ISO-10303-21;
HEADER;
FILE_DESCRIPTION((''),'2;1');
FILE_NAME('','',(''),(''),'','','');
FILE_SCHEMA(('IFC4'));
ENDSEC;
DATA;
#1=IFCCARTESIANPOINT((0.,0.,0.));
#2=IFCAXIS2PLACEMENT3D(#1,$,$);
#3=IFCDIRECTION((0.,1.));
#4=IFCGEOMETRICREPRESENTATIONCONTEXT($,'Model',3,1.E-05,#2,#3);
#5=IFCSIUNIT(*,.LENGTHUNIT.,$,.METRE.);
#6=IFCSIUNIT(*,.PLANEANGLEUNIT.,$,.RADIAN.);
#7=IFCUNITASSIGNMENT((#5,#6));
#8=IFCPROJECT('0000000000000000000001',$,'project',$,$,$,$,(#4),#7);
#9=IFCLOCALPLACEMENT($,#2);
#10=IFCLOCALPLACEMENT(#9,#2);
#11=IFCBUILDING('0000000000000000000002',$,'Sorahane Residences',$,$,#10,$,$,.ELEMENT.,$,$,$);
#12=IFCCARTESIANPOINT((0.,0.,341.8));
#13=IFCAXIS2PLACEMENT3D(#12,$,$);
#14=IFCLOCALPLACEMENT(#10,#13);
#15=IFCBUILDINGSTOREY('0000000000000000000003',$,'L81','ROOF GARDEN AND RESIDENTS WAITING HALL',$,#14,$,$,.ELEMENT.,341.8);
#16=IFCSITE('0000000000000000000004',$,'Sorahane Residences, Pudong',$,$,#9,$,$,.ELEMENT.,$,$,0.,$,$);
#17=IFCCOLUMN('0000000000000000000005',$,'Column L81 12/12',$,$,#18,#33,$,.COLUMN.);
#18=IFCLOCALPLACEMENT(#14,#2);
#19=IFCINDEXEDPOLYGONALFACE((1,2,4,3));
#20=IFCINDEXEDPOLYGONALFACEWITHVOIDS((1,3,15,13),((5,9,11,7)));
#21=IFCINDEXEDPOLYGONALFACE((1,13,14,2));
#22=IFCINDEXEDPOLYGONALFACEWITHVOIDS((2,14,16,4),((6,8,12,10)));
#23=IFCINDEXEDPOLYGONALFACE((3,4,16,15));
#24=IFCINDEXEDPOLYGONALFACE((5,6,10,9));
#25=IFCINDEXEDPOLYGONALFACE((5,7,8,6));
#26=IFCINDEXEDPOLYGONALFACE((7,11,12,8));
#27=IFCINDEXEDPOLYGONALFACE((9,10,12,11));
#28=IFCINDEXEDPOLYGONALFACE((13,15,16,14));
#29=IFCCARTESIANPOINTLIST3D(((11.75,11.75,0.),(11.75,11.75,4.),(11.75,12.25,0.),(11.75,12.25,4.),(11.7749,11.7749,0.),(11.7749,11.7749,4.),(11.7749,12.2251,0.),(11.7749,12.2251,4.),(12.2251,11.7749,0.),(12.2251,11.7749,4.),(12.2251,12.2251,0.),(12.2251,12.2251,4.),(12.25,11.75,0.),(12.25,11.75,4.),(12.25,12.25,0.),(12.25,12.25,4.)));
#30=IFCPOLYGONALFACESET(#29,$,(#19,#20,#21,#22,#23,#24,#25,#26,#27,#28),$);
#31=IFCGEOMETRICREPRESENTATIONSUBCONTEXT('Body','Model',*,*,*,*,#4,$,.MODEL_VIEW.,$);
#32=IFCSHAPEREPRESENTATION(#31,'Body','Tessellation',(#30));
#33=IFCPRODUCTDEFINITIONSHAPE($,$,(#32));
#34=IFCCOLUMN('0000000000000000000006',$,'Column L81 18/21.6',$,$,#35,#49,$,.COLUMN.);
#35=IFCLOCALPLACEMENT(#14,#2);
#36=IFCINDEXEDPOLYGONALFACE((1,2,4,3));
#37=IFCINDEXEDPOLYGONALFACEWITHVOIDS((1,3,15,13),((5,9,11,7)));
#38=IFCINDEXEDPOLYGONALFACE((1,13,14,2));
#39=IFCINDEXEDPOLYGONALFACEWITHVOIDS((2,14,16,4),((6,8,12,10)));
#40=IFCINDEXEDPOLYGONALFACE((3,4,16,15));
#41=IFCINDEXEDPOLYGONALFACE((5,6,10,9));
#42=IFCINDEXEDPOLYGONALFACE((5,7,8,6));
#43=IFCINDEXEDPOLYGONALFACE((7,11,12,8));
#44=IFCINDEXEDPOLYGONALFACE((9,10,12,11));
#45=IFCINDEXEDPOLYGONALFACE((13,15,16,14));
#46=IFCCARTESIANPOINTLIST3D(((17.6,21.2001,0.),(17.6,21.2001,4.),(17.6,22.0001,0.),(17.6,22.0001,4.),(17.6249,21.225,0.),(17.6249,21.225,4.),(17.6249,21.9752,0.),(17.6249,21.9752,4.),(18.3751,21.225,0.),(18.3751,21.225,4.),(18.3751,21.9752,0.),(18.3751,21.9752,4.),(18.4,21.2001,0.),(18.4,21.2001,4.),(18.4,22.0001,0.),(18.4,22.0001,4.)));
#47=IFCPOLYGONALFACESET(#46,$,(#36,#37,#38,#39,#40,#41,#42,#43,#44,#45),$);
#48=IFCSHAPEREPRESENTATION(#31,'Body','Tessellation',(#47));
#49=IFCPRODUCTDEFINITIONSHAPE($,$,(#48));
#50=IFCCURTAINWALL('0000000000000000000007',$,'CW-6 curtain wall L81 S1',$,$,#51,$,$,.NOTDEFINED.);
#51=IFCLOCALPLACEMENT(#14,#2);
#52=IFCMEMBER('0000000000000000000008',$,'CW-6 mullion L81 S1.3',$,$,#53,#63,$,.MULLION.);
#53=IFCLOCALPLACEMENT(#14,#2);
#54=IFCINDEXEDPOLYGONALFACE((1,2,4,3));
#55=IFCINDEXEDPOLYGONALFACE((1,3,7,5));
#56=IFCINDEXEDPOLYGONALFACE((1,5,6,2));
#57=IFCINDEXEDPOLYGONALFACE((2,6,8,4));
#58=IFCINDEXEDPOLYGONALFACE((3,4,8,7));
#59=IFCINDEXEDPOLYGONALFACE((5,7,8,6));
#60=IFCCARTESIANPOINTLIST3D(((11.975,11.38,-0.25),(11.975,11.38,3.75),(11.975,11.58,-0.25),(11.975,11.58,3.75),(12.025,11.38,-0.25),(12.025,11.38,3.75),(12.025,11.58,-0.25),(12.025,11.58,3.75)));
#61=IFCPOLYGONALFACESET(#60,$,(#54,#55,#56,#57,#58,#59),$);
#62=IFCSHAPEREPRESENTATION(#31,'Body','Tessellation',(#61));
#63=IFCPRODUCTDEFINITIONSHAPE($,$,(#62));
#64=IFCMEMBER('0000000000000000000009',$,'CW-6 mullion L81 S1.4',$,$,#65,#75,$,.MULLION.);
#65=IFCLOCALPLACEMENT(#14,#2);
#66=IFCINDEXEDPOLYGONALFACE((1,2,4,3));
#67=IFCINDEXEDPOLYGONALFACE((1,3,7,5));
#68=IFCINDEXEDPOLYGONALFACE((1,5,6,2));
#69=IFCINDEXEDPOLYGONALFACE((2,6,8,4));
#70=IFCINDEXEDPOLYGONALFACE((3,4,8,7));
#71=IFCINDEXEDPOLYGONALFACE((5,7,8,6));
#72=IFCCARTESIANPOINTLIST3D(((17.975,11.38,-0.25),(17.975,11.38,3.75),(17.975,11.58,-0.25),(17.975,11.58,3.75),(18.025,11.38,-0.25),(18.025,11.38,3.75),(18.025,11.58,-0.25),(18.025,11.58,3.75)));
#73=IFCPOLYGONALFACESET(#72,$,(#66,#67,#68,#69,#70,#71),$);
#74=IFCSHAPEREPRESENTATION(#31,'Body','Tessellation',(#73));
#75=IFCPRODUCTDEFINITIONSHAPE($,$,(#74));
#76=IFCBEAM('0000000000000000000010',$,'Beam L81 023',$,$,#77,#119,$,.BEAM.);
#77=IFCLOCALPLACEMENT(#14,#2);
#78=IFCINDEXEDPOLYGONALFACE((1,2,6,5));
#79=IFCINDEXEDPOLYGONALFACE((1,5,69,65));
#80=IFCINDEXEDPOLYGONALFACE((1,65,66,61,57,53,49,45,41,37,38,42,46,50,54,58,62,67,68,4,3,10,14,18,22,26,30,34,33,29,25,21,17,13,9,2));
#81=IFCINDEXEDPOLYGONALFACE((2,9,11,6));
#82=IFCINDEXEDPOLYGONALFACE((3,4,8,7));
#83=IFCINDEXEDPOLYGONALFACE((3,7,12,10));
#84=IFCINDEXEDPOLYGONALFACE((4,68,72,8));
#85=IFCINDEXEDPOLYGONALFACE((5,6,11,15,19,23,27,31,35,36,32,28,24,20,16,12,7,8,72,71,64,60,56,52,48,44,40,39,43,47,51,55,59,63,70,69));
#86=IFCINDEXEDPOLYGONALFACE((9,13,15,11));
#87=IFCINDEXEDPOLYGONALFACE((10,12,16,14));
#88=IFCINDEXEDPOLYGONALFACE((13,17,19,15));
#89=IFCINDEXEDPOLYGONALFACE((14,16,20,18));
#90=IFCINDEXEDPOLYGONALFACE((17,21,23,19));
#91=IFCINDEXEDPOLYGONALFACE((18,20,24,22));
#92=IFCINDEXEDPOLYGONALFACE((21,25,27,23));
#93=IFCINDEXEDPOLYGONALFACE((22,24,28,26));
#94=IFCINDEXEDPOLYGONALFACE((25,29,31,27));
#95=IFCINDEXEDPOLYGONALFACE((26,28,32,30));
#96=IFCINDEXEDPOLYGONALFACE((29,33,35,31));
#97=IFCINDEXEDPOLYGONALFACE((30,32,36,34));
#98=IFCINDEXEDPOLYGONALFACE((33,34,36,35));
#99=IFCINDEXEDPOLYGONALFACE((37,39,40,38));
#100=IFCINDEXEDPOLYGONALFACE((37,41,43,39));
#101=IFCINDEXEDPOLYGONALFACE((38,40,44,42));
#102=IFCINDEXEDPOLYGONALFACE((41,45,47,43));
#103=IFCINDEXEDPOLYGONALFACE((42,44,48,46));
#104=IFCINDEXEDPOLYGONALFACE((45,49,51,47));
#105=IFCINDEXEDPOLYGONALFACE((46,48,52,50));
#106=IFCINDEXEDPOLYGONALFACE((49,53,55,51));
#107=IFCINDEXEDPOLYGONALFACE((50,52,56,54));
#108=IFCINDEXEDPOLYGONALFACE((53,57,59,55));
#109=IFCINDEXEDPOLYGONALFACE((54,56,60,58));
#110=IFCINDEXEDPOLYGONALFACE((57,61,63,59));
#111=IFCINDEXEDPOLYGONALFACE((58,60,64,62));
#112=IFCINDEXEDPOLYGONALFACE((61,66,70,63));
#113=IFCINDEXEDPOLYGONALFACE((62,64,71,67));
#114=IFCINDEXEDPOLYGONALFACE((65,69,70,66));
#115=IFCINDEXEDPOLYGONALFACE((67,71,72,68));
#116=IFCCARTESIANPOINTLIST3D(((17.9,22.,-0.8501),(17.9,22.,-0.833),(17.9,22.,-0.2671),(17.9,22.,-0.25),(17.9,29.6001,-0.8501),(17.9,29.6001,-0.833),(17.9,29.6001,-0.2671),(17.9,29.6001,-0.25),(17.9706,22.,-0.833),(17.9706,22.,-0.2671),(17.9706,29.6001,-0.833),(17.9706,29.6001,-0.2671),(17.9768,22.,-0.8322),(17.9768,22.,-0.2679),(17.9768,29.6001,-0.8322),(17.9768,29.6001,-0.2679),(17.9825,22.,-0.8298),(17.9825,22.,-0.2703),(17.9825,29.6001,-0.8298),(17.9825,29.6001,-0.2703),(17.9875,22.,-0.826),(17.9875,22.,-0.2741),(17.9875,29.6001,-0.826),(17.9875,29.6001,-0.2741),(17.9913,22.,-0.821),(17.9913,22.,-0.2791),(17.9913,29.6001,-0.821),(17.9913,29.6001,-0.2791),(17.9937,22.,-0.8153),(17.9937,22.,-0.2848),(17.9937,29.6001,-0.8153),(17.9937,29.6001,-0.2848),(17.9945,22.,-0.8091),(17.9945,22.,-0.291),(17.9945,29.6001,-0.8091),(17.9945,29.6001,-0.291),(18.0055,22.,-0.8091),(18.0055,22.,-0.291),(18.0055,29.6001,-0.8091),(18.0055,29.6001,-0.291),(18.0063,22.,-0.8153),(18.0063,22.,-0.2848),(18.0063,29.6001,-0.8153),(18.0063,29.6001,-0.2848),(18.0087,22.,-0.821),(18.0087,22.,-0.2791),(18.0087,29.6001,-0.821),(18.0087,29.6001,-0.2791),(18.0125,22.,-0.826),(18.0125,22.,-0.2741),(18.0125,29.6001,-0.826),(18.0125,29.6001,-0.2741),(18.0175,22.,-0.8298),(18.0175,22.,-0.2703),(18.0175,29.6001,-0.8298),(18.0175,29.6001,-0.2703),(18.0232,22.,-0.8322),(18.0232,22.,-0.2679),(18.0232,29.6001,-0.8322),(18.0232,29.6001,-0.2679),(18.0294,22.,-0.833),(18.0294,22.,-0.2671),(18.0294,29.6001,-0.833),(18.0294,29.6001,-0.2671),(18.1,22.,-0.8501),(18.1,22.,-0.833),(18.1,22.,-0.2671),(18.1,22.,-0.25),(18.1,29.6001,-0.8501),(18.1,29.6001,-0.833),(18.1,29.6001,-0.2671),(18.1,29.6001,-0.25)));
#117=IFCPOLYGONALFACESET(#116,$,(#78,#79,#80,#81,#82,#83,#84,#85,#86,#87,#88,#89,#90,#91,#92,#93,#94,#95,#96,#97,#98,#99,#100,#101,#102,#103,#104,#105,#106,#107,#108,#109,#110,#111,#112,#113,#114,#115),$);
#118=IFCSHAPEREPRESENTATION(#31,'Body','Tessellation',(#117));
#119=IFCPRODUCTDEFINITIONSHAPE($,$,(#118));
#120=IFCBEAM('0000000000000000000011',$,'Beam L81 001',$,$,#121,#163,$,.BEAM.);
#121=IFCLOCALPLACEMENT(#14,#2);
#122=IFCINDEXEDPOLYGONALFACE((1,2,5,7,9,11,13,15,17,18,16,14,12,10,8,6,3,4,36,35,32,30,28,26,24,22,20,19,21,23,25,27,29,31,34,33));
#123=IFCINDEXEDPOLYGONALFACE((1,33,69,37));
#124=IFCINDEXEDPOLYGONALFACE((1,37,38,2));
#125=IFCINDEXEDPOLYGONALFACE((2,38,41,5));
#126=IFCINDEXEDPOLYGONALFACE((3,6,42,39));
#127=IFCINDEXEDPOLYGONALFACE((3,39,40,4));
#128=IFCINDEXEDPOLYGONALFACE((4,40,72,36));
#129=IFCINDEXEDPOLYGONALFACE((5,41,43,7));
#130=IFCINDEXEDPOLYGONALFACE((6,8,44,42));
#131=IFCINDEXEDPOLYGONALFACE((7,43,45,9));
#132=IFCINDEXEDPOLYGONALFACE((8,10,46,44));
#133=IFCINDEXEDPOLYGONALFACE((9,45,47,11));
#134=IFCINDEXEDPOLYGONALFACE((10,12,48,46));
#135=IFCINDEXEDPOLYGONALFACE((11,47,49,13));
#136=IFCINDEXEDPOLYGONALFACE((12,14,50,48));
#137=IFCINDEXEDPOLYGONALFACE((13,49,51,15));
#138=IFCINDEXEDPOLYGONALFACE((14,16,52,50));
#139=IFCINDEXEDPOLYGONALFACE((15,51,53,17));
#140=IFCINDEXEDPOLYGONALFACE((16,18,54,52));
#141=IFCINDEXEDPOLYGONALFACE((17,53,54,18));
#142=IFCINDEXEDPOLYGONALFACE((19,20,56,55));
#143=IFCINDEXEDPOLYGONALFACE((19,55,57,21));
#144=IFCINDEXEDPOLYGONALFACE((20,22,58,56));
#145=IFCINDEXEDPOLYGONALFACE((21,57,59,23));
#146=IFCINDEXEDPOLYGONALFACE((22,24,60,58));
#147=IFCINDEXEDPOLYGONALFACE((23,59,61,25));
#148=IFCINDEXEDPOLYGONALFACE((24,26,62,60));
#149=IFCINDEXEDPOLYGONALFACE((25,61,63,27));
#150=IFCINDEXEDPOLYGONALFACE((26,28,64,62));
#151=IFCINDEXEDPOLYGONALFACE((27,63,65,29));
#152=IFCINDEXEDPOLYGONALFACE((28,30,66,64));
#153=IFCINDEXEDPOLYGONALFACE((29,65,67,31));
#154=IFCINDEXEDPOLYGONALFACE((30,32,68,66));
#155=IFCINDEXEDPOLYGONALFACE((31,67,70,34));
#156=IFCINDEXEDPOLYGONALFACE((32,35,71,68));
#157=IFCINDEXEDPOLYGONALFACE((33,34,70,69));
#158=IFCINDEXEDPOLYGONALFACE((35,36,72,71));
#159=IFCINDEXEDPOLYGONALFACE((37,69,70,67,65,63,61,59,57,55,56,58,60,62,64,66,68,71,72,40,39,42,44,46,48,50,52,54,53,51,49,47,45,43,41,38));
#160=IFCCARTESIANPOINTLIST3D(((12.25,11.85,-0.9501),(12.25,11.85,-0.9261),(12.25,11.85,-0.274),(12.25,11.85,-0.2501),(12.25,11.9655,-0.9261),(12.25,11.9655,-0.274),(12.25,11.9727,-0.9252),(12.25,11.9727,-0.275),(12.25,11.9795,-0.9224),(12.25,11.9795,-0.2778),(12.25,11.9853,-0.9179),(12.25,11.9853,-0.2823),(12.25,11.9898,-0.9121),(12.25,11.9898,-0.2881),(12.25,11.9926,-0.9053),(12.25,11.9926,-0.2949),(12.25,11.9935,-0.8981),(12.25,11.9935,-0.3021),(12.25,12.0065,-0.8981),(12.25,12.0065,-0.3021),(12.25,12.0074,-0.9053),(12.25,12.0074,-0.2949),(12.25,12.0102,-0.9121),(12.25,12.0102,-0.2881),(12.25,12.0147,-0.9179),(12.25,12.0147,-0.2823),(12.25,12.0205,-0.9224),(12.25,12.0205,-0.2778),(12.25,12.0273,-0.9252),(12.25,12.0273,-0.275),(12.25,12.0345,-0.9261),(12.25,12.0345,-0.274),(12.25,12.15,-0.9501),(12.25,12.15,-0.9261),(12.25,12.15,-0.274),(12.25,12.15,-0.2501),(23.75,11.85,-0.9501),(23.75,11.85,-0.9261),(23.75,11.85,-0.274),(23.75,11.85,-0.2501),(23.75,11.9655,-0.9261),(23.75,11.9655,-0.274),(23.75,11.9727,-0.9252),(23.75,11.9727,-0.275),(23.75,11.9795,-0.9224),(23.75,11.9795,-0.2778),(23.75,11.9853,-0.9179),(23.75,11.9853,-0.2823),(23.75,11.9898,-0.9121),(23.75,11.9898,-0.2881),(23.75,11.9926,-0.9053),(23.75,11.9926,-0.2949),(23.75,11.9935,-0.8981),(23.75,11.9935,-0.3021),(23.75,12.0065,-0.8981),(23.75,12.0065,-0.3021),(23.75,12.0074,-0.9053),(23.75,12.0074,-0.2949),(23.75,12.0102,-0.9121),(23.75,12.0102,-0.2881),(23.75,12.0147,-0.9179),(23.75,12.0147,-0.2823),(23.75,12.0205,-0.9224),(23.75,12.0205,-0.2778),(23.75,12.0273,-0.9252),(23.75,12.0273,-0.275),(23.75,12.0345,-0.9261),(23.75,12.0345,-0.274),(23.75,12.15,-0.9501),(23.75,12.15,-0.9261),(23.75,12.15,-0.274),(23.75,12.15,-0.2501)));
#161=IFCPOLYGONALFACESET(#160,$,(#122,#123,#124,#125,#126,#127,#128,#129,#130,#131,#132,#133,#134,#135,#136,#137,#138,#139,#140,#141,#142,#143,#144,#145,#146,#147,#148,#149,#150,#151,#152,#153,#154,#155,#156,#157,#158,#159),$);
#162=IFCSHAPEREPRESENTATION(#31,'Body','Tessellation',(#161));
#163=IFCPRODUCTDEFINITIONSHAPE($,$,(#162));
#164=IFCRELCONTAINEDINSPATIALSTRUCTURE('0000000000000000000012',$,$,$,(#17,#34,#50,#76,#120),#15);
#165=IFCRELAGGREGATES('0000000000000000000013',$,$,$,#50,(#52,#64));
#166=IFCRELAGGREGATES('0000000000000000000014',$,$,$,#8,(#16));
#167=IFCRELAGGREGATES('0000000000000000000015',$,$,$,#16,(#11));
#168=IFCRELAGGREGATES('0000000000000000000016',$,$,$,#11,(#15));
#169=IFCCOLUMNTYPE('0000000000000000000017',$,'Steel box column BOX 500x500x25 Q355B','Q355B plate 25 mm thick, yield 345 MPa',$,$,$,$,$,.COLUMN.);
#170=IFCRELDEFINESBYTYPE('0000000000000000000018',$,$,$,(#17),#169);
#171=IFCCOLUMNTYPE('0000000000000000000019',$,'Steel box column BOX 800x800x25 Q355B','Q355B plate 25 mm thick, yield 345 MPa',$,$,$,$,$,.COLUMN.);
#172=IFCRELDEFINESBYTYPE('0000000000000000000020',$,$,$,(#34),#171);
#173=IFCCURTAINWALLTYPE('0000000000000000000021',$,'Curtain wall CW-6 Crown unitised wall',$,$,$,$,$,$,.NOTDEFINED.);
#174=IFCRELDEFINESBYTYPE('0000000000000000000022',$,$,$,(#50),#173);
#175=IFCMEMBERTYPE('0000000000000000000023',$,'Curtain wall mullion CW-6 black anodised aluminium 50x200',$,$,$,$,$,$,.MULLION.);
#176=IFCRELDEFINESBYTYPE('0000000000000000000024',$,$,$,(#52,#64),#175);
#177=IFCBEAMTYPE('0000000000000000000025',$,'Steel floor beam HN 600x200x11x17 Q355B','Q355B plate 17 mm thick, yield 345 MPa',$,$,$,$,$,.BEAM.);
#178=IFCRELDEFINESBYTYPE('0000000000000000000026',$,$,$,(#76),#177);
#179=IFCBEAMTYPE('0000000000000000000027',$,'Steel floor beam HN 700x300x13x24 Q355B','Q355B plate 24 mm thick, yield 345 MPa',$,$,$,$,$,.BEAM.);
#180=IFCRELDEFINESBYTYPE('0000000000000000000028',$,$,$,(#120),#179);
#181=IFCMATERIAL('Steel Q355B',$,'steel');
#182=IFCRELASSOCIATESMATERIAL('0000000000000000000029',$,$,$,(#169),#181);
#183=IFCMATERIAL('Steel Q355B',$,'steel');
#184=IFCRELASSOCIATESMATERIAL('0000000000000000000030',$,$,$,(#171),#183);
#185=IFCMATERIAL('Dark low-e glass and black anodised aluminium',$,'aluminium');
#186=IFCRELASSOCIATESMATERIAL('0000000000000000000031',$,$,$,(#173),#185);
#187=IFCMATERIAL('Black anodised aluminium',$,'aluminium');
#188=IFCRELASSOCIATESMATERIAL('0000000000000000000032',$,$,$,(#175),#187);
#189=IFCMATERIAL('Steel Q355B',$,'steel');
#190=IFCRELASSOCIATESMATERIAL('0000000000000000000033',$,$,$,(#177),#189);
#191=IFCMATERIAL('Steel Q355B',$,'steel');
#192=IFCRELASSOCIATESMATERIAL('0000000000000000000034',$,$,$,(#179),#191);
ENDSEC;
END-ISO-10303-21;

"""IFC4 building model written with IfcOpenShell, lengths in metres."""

from ifc_helpers import new_model, si_unit, direction, frame, origin, origin_2d, place, context, subcontext, project, spatial, rectangle, hollow_rectangle, i_section, extrude, material, material_profile, profile_set, type_object, element, aggregate, save


model = new_model("IFC4")

# Units and contexts
model_context = context("Model", 3, precision=1e-05, world=origin(), true_north=direction((0.0, 1.0)))
body_context = subcontext(model_context, "Body", "Model", "MODEL_VIEW")
ifc_project = project(units=[si_unit("LENGTHUNIT", "METRE"), si_unit("PLANEANGLEUNIT", "RADIAN")], contexts=[model_context])

# Site, building, storey
site_placement = place(None, origin())
site = spatial("IfcSite", under=ifc_project, at=site_placement, Name="Sorahane Residences, Pudong", CompositionType="ELEMENT", RefElevation=0.0)
building_placement = place(site_placement, origin())
building = spatial("IfcBuilding", under=site, at=building_placement, Name="Sorahane Residences", CompositionType="ELEMENT")
storey_placement = place(building_placement, frame((0.0, 0.0, 341.8)))
storey = spatial("IfcBuildingStorey", under=building, at=storey_placement, Name="L81", Description="ROOF GARDEN AND RESIDENTS WAITING HALL", CompositionType="ELEMENT", Elevation=341.8)

# Columns
ifc_material_1 = material(Name="Steel Q355B", Category="steel")
ifc_material_profile_1 = material_profile(ifc_material_1, hollow_rectangle(XDim=0.5, YDim=0.5, WallThickness=0.0249, at=origin_2d()), Name="BOX 500x500x25")
ifc_profile_set_1 = profile_set([ifc_material_profile_1], Name="Steel Q355B")
column_type_1 = type_object("IfcColumnType", Name="Steel box column BOX 500x500x25 Q355B", Description="Q355B plate 25 mm thick, yield 345 MPa", PredefinedType="COLUMN", material=ifc_profile_set_1)
column_1_placement = place(storey_placement, frame((12.0, 12.0, 0.0), z_axis=(0.0, 0.0, 1.0), x_axis=(1.0, 0.0, 0.0)))
element("IfcColumn", 1, at=column_1_placement, inside=storey, type_object=column_type_1, Name="Column L81 12/12", PredefinedType="COLUMN", context=body_context, shape_type="SweptSolid", body=[
    extrude(hollow_rectangle(XDim=0.5, YDim=0.5, WallThickness=0.0249, at=origin_2d()), origin(), (0.0, 0.0, 1.0), 4.0),
])
ifc_material_2 = material(Name="Steel Q355B", Category="steel")
ifc_material_profile_2 = material_profile(ifc_material_2, hollow_rectangle(XDim=0.8, YDim=0.8, WallThickness=0.0249, at=origin_2d()), Name="BOX 800x800x25")
ifc_profile_set_2 = profile_set([ifc_material_profile_2], Name="Steel Q355B")
column_type_2 = type_object("IfcColumnType", Name="Steel box column BOX 800x800x25 Q355B", Description="Q355B plate 25 mm thick, yield 345 MPa", PredefinedType="COLUMN", material=ifc_profile_set_2)
column_2_placement = place(storey_placement, frame((18.0, 21.6001, 0.0), z_axis=(0.0, 0.0, 1.0), x_axis=(1.0, 0.0, 0.0)))
element("IfcColumn", 2, at=column_2_placement, inside=storey, type_object=column_type_2, Name="Column L81 18/21.6", PredefinedType="COLUMN", context=body_context, shape_type="SweptSolid", body=[
    extrude(hollow_rectangle(XDim=0.8, YDim=0.8, WallThickness=0.0249, at=origin_2d()), origin(), (0.0, 0.0, 1.0), 4.0),
])

# Curtain wall, members
ifc_material_3 = material(Name="Dark low-e glass and black anodised aluminium", Category="aluminium")
curtain_wall_type = type_object("IfcCurtainWallType", Name="Curtain wall CW-6 Crown unitised wall", PredefinedType="NOTDEFINED", material=ifc_material_3)
curtain_wall_placement = place(storey_placement, origin())
curtain_wall = element("IfcCurtainWall", 3, at=curtain_wall_placement, inside=storey, type_object=curtain_wall_type, Name="CW-6 curtain wall L81 S1", PredefinedType="NOTDEFINED")
ifc_material_4 = material(Name="Black anodised aluminium", Category="aluminium")
ifc_material_profile_3 = material_profile(ifc_material_4, rectangle(XDim=0.2, YDim=0.05, at=origin_2d()), Name="Curtain wall mullion CW-6 black anodised aluminium 50x200")
ifc_profile_set_3 = profile_set([ifc_material_profile_3], Name="Black anodised aluminium")
member_type = type_object("IfcMemberType", Name="Curtain wall mullion CW-6 black anodised aluminium 50x200", PredefinedType="MULLION", material=ifc_profile_set_3)
member_1_placement = place(storey_placement, frame((12.0, 11.48, -0.25), z_axis=(0.0, 0.0, 1.0), x_axis=(0.0, -1.0, 0.0)))
member_1 = element("IfcMember", 4, at=member_1_placement, type_object=member_type, Name="CW-6 mullion L81 S1.3", PredefinedType="MULLION", context=body_context, shape_type="SweptSolid", body=[
    extrude(rectangle(XDim=0.2, YDim=0.05, at=origin_2d()), origin(), (0.0, 0.0, 1.0), 4.0),
])
member_2_placement = place(storey_placement, frame((18.0, 11.48, -0.25), z_axis=(0.0, 0.0, 1.0), x_axis=(0.0, -1.0, 0.0)))
member_2 = element("IfcMember", 5, at=member_2_placement, type_object=member_type, Name="CW-6 mullion L81 S1.4", PredefinedType="MULLION", context=body_context, shape_type="SweptSolid", body=[
    extrude(rectangle(XDim=0.2, YDim=0.05, at=origin_2d()), origin(), (0.0, 0.0, 1.0), 4.0),
])

# Beams
ifc_material_5 = material(Name="Steel Q355B", Category="steel")
ifc_material_profile_4 = material_profile(ifc_material_5, i_section(OverallWidth=0.2, OverallDepth=0.6001, WebThickness=0.011, FlangeThickness=0.0171, FilletRadius=0.0239, at=origin_2d()), Name="HN 600x200x11x17")
ifc_profile_set_4 = profile_set([ifc_material_profile_4], Name="Steel Q355B")
beam_type_1 = type_object("IfcBeamType", Name="Steel floor beam HN 600x200x11x17 Q355B", Description="Q355B plate 17 mm thick, yield 345 MPa", PredefinedType="BEAM", material=ifc_profile_set_4)
beam_1_placement = place(storey_placement, frame((18.0, 22.0, -0.55), z_axis=(0.0, 1.0, 0.0), x_axis=(-1.0, 0.0, 0.0)))
element("IfcBeam", 6, at=beam_1_placement, inside=storey, type_object=beam_type_1, Name="Beam L81 023", PredefinedType="BEAM", context=body_context, shape_type="SweptSolid", body=[
    extrude(i_section(OverallWidth=0.2, OverallDepth=0.6001, WebThickness=0.011, FlangeThickness=0.0171, FilletRadius=0.0239, at=origin_2d()), origin(), (0.0, 0.0, 1.0), 7.6001),
])
ifc_material_6 = material(Name="Steel Q355B", Category="steel")
ifc_material_profile_5 = material_profile(ifc_material_6, i_section(OverallWidth=0.3, OverallDepth=0.7, WebThickness=0.0129, FlangeThickness=0.0239, FilletRadius=0.0281, at=origin_2d()), Name="HN 700x300x13x24")
ifc_profile_set_5 = profile_set([ifc_material_profile_5], Name="Steel Q355B")
beam_type_2 = type_object("IfcBeamType", Name="Steel floor beam HN 700x300x13x24 Q355B", Description="Q355B plate 24 mm thick, yield 345 MPa", PredefinedType="BEAM", material=ifc_profile_set_5)
beam_2_placement = place(storey_placement, frame((12.25, 12.0, -0.6001), z_axis=(1.0, 0.0, 0.0), x_axis=(0.0, 1.0, 0.0)))
element("IfcBeam", 7, at=beam_2_placement, inside=storey, type_object=beam_type_2, Name="Beam L81 001", PredefinedType="BEAM", context=body_context, shape_type="SweptSolid", body=[
    extrude(i_section(OverallWidth=0.3, OverallDepth=0.7, WebThickness=0.0129, FlangeThickness=0.0239, FilletRadius=0.0281, at=origin_2d()), origin(), (0.0, 0.0, 1.0), 11.5),
])

aggregate(curtain_wall, [member_1, member_2])

save(model, "model.ifc")
